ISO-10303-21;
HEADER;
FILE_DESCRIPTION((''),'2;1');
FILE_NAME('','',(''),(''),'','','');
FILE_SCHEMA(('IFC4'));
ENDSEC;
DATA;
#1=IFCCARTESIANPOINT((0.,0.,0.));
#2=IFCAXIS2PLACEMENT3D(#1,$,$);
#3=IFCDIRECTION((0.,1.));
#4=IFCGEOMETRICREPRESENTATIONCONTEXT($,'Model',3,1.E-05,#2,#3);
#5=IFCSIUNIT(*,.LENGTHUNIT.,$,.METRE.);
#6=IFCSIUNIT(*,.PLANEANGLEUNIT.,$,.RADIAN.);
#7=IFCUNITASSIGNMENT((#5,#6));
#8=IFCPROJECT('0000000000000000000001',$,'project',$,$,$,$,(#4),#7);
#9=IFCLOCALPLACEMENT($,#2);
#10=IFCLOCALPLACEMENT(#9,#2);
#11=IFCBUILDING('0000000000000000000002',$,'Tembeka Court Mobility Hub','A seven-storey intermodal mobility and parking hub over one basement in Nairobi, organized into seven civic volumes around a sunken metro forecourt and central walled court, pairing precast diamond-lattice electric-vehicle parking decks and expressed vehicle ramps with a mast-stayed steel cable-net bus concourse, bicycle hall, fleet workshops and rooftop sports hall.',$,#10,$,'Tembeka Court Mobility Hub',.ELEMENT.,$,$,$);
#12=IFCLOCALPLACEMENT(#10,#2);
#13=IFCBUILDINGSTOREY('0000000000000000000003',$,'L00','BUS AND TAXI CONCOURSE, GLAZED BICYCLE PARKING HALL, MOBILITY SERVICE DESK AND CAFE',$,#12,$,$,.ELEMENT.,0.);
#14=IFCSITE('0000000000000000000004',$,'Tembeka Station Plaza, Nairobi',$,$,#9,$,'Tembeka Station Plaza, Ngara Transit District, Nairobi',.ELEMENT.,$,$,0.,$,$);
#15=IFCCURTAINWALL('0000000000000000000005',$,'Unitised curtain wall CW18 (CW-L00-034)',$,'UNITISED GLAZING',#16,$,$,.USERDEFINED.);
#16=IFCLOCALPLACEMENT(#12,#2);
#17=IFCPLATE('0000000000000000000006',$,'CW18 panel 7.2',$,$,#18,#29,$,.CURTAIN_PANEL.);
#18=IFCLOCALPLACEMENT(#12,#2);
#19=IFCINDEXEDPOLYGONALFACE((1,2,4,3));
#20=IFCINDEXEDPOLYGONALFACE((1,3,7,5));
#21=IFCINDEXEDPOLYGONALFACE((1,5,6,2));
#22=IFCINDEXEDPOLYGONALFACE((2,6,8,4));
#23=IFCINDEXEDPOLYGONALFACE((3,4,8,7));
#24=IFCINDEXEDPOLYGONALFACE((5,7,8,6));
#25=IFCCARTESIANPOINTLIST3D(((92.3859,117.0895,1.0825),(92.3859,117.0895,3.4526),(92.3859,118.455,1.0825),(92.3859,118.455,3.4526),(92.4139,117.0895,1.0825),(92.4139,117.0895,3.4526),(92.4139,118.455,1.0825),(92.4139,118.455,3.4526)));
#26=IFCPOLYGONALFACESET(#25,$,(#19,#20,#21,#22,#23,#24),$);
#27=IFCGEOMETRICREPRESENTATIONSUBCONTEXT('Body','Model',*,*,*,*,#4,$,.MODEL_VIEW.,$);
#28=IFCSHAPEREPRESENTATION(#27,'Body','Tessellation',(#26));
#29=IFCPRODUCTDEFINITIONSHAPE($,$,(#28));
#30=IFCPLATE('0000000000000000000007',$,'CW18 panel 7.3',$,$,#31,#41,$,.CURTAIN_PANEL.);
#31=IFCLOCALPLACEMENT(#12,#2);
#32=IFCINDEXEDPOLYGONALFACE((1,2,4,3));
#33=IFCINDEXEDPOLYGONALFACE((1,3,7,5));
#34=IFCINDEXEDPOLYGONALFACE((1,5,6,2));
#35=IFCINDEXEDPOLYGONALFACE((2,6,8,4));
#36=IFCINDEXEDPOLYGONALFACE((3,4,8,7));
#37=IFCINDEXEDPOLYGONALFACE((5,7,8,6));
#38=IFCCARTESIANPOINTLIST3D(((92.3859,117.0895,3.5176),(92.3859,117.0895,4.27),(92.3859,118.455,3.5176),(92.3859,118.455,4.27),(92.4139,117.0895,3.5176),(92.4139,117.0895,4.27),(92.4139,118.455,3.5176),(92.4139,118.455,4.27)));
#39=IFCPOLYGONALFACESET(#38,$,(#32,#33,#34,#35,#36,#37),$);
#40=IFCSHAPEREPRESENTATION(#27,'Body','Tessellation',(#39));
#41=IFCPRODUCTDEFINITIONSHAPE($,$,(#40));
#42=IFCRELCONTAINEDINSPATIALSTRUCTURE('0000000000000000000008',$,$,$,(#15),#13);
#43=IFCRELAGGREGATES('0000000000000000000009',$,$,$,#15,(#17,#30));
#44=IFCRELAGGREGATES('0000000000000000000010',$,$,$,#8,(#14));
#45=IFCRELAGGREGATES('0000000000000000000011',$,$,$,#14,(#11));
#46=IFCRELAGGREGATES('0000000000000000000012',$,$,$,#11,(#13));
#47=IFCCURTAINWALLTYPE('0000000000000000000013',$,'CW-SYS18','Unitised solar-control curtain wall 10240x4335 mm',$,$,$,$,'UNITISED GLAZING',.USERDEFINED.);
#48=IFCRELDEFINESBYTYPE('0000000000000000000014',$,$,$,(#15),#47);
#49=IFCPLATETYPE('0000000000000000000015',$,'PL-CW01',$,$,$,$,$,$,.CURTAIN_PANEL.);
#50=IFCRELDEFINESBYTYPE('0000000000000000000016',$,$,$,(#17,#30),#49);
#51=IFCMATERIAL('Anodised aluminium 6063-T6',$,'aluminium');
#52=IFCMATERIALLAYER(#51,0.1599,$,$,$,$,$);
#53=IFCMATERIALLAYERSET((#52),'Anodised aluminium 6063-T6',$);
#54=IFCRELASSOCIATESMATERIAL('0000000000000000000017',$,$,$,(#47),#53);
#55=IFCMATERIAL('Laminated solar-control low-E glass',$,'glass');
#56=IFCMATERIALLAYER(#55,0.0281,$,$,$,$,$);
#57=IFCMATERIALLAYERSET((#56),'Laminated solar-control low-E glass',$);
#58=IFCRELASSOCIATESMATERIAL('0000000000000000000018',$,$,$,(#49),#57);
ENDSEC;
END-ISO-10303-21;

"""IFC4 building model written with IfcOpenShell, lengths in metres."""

from ifc_helpers import new_model, si_unit, direction, frame, origin, origin_2d, place, context, subcontext, project, spatial, rectangle, extrude, material, layer, layer_set, type_object, element, aggregate, save


model = new_model("IFC4")

# Units and contexts
model_context = context("Model", 3, precision=1e-05, world=origin(), true_north=direction((0.0, 1.0)))
body_context = subcontext(model_context, "Body", "Model", "MODEL_VIEW")
ifc_project = project(units=[si_unit("LENGTHUNIT", "METRE"), si_unit("PLANEANGLEUNIT", "RADIAN")], contexts=[model_context])

# Site, building, storey
site_placement = place(None, origin())
site = spatial("IfcSite", under=ifc_project, at=site_placement, Name="Tembeka Station Plaza, Nairobi", LongName="Tembeka Station Plaza, Ngara Transit District, Nairobi", CompositionType="ELEMENT", RefElevation=0.0)
building_placement = place(site_placement, origin())
building = spatial("IfcBuilding", under=site, at=building_placement, Name="Tembeka Court Mobility Hub", Description="A seven-storey intermodal mobility and parking hub over one basement in Nairobi, organized into seven civic volumes around a sunken metro forecourt and central walled court, pairing precast diamond-lattice electric-vehicle parking decks and expressed vehicle ramps with a mast-stayed steel cable-net bus concourse, bicycle hall, fleet workshops and rooftop sports hall.", LongName="Tembeka Court Mobility Hub", CompositionType="ELEMENT")
storey_placement = place(building_placement, origin())
storey = spatial("IfcBuildingStorey", under=building, at=storey_placement, Name="L00", Description="BUS AND TAXI CONCOURSE, GLAZED BICYCLE PARKING HALL, MOBILITY SERVICE DESK AND CAFE", CompositionType="ELEMENT", Elevation=0.0)

# Curtain wall
ifc_material_1 = material(Name="Anodised aluminium 6063-T6", Category="aluminium")
ifc_layer_1 = layer(ifc_material_1, 0.1599)
ifc_layer_set_1 = layer_set([ifc_layer_1], Name="Anodised aluminium 6063-T6")
curtain_wall_type = type_object("IfcCurtainWallType", Name="CW-SYS18", Description="Unitised solar-control curtain wall 10240x4335 mm", ElementType="UNITISED GLAZING", PredefinedType="USERDEFINED", material=ifc_layer_set_1)
curtain_wall_1_placement = place(storey_placement, origin())
curtain_wall_1 = element("IfcCurtainWall", 1, at=curtain_wall_1_placement, inside=storey, type_object=curtain_wall_type, Name="Unitised curtain wall CW18 (CW-L00-034)", ObjectType="UNITISED GLAZING", PredefinedType="USERDEFINED")

# Plates
ifc_material_2 = material(Name="Laminated solar-control low-E glass", Category="glass")
ifc_layer_2 = layer(ifc_material_2, 0.0281)
ifc_layer_set_2 = layer_set([ifc_layer_2], Name="Laminated solar-control low-E glass")
plate_type = type_object("IfcPlateType", Name="PL-CW01", PredefinedType="CURTAIN_PANEL", material=ifc_layer_set_2)
plate_1_placement = place(storey_placement, frame((92.3999, 117.7722, 1.0825), z_axis=(0.0, 0.0, 1.0), x_axis=(0.0, 1.0, 0.0)))
plate_1 = element("IfcPlate", 2, at=plate_1_placement, type_object=plate_type, Name="CW18 panel 7.2", PredefinedType="CURTAIN_PANEL", context=body_context, shape_type="SweptSolid", body=[
    extrude(rectangle(XDim=1.3655, YDim=0.0281, at=origin_2d()), origin(), (0.0, 0.0, 1.0), 2.3701),
])
plate_2_placement = place(storey_placement, frame((92.3999, 117.7722, 3.5176), z_axis=(0.0, 0.0, 1.0), x_axis=(0.0, 1.0, 0.0)))
plate_2 = element("IfcPlate", 3, at=plate_2_placement, type_object=plate_type, Name="CW18 panel 7.3", PredefinedType="CURTAIN_PANEL", context=body_context, shape_type="SweptSolid", body=[
    extrude(rectangle(XDim=1.3655, YDim=0.0281, at=origin_2d()), origin(), (0.0, 0.0, 1.0), 0.7524),
])
aggregate(curtain_wall_1, [plate_1, plate_2])

save(model, "model.ifc")
